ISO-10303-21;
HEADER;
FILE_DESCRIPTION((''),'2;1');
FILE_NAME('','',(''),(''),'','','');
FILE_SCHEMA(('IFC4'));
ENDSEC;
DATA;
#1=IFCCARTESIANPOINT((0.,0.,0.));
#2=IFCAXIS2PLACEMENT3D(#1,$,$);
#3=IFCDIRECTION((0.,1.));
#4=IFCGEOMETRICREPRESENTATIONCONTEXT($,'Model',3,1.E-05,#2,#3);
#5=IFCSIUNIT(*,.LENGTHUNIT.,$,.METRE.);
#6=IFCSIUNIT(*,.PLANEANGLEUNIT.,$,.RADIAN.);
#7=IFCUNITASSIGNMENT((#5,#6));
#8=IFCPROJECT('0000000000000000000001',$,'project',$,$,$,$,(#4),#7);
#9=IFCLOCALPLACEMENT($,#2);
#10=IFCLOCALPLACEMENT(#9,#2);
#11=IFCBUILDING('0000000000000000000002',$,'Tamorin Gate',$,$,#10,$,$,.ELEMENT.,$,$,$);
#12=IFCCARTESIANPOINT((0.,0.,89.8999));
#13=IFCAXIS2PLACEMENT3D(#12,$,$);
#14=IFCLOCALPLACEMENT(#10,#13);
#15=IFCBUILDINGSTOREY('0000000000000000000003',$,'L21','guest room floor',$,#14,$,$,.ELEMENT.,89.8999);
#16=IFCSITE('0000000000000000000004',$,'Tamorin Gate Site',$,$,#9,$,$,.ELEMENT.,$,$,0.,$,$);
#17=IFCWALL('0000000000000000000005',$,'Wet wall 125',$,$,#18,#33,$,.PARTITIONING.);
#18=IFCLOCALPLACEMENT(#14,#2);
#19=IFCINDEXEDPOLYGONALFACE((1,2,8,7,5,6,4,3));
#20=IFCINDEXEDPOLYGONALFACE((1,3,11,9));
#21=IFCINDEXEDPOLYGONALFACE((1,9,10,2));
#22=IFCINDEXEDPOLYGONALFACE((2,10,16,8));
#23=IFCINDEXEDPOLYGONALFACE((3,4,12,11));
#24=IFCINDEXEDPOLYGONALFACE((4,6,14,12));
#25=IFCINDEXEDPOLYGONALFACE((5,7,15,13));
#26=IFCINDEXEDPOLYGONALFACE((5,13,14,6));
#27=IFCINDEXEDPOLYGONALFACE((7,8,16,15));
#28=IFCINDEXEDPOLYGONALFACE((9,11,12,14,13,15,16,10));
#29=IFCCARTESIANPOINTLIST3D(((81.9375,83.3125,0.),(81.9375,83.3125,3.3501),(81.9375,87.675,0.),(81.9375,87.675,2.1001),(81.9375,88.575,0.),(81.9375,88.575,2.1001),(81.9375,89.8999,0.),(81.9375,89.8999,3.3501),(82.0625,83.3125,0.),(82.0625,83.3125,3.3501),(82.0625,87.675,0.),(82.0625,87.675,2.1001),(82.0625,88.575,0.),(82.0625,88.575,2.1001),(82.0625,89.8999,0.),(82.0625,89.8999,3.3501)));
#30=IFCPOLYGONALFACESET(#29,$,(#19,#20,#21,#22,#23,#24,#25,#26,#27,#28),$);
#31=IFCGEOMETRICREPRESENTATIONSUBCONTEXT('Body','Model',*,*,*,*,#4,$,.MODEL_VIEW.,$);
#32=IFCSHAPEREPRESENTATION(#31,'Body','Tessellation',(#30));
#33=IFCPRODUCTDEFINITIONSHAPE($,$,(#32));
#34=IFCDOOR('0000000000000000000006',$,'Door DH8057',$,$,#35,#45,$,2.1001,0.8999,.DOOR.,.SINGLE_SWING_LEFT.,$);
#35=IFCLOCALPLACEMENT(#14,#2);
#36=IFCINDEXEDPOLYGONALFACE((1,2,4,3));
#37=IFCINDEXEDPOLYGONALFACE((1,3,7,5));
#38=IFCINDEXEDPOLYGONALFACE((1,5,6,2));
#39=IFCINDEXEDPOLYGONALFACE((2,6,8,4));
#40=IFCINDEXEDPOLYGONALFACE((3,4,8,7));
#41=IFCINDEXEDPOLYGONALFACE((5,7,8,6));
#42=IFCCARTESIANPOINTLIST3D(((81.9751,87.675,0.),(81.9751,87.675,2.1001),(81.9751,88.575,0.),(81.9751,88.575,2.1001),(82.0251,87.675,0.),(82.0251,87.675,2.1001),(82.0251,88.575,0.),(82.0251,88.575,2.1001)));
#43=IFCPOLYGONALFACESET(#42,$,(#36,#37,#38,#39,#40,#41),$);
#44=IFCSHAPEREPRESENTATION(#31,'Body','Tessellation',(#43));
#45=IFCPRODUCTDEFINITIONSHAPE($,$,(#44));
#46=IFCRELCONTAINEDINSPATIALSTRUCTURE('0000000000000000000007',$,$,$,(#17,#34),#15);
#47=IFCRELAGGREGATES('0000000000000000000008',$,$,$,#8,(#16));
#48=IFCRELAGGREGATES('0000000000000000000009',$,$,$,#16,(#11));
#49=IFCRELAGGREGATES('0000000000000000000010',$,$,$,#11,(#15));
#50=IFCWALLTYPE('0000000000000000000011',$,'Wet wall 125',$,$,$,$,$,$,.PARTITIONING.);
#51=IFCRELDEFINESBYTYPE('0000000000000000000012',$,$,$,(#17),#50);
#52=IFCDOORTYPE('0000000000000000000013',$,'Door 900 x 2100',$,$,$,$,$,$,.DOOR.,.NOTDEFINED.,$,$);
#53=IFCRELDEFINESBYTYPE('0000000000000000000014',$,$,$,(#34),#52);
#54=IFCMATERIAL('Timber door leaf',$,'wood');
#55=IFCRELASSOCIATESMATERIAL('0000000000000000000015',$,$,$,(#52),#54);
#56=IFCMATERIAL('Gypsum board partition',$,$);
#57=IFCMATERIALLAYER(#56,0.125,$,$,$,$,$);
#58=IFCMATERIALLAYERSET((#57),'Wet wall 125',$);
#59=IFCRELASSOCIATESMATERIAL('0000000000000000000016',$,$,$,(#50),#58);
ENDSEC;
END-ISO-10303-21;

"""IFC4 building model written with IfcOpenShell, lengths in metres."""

from ifc_helpers import new_model, si_unit, direction, frame, frame_2d, origin, place, context, subcontext, project, spatial, rectangle, extrude, material, layer, layer_set, type_object, element, fill, save


model = new_model("IFC4")

# Units and contexts
model_context = context("Model", 3, precision=1e-05, world=origin(), true_north=direction((0.0, 1.0)))
body_context = subcontext(model_context, "Body", "Model", "MODEL_VIEW")
ifc_project = project(units=[si_unit("LENGTHUNIT", "METRE"), si_unit("PLANEANGLEUNIT", "RADIAN")], contexts=[model_context])

# Site, building, storey
site_placement = place(None, origin())
site = spatial("IfcSite", under=ifc_project, at=site_placement, Name="Tamorin Gate Site", CompositionType="ELEMENT", RefElevation=0.0)
building_placement = place(site_placement, origin())
building = spatial("IfcBuilding", under=site, at=building_placement, Name="Tamorin Gate", CompositionType="ELEMENT")
storey_placement = place(building_placement, frame((0.0, 0.0, 89.8999)))
storey = spatial("IfcBuildingStorey", under=building, at=storey_placement, Name="L21", Description="guest room floor", CompositionType="ELEMENT", Elevation=89.8999)

# Shared definitions
ifc_material_1 = material(Name="Gypsum board partition")
ifc_material_2 = material(Name="Timber door leaf", Category="wood")
door_type = type_object("IfcDoorType", Name="Door 900 x 2100", OperationType="NOTDEFINED", PredefinedType="DOOR", material=ifc_material_2)

# Shared definitions
ifc_layer_1 = layer(ifc_material_1, 0.125)
ifc_layer_set_1 = layer_set([ifc_layer_1], Name="Wet wall 125")
wall_type_1 = type_object("IfcWallType", Name="Wet wall 125", PredefinedType="PARTITIONING", material=ifc_layer_set_1)

# Wall, opening, door
wall_1_placement = place(storey_placement, frame((82.0, 83.3125, 0.0), z_axis=(0.0, 0.0, 1.0), x_axis=(0.0, 1.0, 0.0)))
wall_1 = element("IfcWall", 1, at=wall_1_placement, inside=storey, type_object=wall_type_1, Name="Wet wall 125", PredefinedType="PARTITIONING", context=body_context, shape_type="SweptSolid", body=[
    extrude(rectangle(XDim=6.5874, YDim=0.125, at=frame_2d((3.2937, 0.0))), origin(), (0.0, 0.0, 1.0), 3.3501),
])
opening_1_placement = place(wall_1_placement, frame((4.3625, 0.0, 0.0)))
opening_1 = element("IfcOpeningElement", 2, at=opening_1_placement, cuts=wall_1, PredefinedType="OPENING", context=body_context, shape_type="SweptSolid", body=[
    extrude(rectangle(XDim=0.8999, YDim=2.1001, at=frame_2d((0.45, 1.05))), frame((0.0, 0.0725, 0.0), z_axis=(0.0, -1.0, 0.0), x_axis=(1.0, 0.0, 0.0)), (0.0, 0.0, 1.0), 0.145),
])
door_1_placement = place(opening_1_placement, origin())
door_1 = element("IfcDoor", 3, at=door_1_placement, inside=storey, type_object=door_type, Name="Door DH8057", OperationType="SINGLE_SWING_LEFT", OverallHeight=2.1001, OverallWidth=0.8999, PredefinedType="DOOR", context=body_context, shape_type="SweptSolid", body=[
    extrude(rectangle(XDim=0.8999, YDim=2.1001, at=frame_2d((0.45, 1.05))), frame((0.0, 0.0249, 0.0), z_axis=(0.0, -1.0, 0.0), x_axis=(1.0, 0.0, 0.0)), (0.0, 0.0, 1.0), 0.05),
])
fill(opening_1, door_1)

save(model, "model.ifc")
